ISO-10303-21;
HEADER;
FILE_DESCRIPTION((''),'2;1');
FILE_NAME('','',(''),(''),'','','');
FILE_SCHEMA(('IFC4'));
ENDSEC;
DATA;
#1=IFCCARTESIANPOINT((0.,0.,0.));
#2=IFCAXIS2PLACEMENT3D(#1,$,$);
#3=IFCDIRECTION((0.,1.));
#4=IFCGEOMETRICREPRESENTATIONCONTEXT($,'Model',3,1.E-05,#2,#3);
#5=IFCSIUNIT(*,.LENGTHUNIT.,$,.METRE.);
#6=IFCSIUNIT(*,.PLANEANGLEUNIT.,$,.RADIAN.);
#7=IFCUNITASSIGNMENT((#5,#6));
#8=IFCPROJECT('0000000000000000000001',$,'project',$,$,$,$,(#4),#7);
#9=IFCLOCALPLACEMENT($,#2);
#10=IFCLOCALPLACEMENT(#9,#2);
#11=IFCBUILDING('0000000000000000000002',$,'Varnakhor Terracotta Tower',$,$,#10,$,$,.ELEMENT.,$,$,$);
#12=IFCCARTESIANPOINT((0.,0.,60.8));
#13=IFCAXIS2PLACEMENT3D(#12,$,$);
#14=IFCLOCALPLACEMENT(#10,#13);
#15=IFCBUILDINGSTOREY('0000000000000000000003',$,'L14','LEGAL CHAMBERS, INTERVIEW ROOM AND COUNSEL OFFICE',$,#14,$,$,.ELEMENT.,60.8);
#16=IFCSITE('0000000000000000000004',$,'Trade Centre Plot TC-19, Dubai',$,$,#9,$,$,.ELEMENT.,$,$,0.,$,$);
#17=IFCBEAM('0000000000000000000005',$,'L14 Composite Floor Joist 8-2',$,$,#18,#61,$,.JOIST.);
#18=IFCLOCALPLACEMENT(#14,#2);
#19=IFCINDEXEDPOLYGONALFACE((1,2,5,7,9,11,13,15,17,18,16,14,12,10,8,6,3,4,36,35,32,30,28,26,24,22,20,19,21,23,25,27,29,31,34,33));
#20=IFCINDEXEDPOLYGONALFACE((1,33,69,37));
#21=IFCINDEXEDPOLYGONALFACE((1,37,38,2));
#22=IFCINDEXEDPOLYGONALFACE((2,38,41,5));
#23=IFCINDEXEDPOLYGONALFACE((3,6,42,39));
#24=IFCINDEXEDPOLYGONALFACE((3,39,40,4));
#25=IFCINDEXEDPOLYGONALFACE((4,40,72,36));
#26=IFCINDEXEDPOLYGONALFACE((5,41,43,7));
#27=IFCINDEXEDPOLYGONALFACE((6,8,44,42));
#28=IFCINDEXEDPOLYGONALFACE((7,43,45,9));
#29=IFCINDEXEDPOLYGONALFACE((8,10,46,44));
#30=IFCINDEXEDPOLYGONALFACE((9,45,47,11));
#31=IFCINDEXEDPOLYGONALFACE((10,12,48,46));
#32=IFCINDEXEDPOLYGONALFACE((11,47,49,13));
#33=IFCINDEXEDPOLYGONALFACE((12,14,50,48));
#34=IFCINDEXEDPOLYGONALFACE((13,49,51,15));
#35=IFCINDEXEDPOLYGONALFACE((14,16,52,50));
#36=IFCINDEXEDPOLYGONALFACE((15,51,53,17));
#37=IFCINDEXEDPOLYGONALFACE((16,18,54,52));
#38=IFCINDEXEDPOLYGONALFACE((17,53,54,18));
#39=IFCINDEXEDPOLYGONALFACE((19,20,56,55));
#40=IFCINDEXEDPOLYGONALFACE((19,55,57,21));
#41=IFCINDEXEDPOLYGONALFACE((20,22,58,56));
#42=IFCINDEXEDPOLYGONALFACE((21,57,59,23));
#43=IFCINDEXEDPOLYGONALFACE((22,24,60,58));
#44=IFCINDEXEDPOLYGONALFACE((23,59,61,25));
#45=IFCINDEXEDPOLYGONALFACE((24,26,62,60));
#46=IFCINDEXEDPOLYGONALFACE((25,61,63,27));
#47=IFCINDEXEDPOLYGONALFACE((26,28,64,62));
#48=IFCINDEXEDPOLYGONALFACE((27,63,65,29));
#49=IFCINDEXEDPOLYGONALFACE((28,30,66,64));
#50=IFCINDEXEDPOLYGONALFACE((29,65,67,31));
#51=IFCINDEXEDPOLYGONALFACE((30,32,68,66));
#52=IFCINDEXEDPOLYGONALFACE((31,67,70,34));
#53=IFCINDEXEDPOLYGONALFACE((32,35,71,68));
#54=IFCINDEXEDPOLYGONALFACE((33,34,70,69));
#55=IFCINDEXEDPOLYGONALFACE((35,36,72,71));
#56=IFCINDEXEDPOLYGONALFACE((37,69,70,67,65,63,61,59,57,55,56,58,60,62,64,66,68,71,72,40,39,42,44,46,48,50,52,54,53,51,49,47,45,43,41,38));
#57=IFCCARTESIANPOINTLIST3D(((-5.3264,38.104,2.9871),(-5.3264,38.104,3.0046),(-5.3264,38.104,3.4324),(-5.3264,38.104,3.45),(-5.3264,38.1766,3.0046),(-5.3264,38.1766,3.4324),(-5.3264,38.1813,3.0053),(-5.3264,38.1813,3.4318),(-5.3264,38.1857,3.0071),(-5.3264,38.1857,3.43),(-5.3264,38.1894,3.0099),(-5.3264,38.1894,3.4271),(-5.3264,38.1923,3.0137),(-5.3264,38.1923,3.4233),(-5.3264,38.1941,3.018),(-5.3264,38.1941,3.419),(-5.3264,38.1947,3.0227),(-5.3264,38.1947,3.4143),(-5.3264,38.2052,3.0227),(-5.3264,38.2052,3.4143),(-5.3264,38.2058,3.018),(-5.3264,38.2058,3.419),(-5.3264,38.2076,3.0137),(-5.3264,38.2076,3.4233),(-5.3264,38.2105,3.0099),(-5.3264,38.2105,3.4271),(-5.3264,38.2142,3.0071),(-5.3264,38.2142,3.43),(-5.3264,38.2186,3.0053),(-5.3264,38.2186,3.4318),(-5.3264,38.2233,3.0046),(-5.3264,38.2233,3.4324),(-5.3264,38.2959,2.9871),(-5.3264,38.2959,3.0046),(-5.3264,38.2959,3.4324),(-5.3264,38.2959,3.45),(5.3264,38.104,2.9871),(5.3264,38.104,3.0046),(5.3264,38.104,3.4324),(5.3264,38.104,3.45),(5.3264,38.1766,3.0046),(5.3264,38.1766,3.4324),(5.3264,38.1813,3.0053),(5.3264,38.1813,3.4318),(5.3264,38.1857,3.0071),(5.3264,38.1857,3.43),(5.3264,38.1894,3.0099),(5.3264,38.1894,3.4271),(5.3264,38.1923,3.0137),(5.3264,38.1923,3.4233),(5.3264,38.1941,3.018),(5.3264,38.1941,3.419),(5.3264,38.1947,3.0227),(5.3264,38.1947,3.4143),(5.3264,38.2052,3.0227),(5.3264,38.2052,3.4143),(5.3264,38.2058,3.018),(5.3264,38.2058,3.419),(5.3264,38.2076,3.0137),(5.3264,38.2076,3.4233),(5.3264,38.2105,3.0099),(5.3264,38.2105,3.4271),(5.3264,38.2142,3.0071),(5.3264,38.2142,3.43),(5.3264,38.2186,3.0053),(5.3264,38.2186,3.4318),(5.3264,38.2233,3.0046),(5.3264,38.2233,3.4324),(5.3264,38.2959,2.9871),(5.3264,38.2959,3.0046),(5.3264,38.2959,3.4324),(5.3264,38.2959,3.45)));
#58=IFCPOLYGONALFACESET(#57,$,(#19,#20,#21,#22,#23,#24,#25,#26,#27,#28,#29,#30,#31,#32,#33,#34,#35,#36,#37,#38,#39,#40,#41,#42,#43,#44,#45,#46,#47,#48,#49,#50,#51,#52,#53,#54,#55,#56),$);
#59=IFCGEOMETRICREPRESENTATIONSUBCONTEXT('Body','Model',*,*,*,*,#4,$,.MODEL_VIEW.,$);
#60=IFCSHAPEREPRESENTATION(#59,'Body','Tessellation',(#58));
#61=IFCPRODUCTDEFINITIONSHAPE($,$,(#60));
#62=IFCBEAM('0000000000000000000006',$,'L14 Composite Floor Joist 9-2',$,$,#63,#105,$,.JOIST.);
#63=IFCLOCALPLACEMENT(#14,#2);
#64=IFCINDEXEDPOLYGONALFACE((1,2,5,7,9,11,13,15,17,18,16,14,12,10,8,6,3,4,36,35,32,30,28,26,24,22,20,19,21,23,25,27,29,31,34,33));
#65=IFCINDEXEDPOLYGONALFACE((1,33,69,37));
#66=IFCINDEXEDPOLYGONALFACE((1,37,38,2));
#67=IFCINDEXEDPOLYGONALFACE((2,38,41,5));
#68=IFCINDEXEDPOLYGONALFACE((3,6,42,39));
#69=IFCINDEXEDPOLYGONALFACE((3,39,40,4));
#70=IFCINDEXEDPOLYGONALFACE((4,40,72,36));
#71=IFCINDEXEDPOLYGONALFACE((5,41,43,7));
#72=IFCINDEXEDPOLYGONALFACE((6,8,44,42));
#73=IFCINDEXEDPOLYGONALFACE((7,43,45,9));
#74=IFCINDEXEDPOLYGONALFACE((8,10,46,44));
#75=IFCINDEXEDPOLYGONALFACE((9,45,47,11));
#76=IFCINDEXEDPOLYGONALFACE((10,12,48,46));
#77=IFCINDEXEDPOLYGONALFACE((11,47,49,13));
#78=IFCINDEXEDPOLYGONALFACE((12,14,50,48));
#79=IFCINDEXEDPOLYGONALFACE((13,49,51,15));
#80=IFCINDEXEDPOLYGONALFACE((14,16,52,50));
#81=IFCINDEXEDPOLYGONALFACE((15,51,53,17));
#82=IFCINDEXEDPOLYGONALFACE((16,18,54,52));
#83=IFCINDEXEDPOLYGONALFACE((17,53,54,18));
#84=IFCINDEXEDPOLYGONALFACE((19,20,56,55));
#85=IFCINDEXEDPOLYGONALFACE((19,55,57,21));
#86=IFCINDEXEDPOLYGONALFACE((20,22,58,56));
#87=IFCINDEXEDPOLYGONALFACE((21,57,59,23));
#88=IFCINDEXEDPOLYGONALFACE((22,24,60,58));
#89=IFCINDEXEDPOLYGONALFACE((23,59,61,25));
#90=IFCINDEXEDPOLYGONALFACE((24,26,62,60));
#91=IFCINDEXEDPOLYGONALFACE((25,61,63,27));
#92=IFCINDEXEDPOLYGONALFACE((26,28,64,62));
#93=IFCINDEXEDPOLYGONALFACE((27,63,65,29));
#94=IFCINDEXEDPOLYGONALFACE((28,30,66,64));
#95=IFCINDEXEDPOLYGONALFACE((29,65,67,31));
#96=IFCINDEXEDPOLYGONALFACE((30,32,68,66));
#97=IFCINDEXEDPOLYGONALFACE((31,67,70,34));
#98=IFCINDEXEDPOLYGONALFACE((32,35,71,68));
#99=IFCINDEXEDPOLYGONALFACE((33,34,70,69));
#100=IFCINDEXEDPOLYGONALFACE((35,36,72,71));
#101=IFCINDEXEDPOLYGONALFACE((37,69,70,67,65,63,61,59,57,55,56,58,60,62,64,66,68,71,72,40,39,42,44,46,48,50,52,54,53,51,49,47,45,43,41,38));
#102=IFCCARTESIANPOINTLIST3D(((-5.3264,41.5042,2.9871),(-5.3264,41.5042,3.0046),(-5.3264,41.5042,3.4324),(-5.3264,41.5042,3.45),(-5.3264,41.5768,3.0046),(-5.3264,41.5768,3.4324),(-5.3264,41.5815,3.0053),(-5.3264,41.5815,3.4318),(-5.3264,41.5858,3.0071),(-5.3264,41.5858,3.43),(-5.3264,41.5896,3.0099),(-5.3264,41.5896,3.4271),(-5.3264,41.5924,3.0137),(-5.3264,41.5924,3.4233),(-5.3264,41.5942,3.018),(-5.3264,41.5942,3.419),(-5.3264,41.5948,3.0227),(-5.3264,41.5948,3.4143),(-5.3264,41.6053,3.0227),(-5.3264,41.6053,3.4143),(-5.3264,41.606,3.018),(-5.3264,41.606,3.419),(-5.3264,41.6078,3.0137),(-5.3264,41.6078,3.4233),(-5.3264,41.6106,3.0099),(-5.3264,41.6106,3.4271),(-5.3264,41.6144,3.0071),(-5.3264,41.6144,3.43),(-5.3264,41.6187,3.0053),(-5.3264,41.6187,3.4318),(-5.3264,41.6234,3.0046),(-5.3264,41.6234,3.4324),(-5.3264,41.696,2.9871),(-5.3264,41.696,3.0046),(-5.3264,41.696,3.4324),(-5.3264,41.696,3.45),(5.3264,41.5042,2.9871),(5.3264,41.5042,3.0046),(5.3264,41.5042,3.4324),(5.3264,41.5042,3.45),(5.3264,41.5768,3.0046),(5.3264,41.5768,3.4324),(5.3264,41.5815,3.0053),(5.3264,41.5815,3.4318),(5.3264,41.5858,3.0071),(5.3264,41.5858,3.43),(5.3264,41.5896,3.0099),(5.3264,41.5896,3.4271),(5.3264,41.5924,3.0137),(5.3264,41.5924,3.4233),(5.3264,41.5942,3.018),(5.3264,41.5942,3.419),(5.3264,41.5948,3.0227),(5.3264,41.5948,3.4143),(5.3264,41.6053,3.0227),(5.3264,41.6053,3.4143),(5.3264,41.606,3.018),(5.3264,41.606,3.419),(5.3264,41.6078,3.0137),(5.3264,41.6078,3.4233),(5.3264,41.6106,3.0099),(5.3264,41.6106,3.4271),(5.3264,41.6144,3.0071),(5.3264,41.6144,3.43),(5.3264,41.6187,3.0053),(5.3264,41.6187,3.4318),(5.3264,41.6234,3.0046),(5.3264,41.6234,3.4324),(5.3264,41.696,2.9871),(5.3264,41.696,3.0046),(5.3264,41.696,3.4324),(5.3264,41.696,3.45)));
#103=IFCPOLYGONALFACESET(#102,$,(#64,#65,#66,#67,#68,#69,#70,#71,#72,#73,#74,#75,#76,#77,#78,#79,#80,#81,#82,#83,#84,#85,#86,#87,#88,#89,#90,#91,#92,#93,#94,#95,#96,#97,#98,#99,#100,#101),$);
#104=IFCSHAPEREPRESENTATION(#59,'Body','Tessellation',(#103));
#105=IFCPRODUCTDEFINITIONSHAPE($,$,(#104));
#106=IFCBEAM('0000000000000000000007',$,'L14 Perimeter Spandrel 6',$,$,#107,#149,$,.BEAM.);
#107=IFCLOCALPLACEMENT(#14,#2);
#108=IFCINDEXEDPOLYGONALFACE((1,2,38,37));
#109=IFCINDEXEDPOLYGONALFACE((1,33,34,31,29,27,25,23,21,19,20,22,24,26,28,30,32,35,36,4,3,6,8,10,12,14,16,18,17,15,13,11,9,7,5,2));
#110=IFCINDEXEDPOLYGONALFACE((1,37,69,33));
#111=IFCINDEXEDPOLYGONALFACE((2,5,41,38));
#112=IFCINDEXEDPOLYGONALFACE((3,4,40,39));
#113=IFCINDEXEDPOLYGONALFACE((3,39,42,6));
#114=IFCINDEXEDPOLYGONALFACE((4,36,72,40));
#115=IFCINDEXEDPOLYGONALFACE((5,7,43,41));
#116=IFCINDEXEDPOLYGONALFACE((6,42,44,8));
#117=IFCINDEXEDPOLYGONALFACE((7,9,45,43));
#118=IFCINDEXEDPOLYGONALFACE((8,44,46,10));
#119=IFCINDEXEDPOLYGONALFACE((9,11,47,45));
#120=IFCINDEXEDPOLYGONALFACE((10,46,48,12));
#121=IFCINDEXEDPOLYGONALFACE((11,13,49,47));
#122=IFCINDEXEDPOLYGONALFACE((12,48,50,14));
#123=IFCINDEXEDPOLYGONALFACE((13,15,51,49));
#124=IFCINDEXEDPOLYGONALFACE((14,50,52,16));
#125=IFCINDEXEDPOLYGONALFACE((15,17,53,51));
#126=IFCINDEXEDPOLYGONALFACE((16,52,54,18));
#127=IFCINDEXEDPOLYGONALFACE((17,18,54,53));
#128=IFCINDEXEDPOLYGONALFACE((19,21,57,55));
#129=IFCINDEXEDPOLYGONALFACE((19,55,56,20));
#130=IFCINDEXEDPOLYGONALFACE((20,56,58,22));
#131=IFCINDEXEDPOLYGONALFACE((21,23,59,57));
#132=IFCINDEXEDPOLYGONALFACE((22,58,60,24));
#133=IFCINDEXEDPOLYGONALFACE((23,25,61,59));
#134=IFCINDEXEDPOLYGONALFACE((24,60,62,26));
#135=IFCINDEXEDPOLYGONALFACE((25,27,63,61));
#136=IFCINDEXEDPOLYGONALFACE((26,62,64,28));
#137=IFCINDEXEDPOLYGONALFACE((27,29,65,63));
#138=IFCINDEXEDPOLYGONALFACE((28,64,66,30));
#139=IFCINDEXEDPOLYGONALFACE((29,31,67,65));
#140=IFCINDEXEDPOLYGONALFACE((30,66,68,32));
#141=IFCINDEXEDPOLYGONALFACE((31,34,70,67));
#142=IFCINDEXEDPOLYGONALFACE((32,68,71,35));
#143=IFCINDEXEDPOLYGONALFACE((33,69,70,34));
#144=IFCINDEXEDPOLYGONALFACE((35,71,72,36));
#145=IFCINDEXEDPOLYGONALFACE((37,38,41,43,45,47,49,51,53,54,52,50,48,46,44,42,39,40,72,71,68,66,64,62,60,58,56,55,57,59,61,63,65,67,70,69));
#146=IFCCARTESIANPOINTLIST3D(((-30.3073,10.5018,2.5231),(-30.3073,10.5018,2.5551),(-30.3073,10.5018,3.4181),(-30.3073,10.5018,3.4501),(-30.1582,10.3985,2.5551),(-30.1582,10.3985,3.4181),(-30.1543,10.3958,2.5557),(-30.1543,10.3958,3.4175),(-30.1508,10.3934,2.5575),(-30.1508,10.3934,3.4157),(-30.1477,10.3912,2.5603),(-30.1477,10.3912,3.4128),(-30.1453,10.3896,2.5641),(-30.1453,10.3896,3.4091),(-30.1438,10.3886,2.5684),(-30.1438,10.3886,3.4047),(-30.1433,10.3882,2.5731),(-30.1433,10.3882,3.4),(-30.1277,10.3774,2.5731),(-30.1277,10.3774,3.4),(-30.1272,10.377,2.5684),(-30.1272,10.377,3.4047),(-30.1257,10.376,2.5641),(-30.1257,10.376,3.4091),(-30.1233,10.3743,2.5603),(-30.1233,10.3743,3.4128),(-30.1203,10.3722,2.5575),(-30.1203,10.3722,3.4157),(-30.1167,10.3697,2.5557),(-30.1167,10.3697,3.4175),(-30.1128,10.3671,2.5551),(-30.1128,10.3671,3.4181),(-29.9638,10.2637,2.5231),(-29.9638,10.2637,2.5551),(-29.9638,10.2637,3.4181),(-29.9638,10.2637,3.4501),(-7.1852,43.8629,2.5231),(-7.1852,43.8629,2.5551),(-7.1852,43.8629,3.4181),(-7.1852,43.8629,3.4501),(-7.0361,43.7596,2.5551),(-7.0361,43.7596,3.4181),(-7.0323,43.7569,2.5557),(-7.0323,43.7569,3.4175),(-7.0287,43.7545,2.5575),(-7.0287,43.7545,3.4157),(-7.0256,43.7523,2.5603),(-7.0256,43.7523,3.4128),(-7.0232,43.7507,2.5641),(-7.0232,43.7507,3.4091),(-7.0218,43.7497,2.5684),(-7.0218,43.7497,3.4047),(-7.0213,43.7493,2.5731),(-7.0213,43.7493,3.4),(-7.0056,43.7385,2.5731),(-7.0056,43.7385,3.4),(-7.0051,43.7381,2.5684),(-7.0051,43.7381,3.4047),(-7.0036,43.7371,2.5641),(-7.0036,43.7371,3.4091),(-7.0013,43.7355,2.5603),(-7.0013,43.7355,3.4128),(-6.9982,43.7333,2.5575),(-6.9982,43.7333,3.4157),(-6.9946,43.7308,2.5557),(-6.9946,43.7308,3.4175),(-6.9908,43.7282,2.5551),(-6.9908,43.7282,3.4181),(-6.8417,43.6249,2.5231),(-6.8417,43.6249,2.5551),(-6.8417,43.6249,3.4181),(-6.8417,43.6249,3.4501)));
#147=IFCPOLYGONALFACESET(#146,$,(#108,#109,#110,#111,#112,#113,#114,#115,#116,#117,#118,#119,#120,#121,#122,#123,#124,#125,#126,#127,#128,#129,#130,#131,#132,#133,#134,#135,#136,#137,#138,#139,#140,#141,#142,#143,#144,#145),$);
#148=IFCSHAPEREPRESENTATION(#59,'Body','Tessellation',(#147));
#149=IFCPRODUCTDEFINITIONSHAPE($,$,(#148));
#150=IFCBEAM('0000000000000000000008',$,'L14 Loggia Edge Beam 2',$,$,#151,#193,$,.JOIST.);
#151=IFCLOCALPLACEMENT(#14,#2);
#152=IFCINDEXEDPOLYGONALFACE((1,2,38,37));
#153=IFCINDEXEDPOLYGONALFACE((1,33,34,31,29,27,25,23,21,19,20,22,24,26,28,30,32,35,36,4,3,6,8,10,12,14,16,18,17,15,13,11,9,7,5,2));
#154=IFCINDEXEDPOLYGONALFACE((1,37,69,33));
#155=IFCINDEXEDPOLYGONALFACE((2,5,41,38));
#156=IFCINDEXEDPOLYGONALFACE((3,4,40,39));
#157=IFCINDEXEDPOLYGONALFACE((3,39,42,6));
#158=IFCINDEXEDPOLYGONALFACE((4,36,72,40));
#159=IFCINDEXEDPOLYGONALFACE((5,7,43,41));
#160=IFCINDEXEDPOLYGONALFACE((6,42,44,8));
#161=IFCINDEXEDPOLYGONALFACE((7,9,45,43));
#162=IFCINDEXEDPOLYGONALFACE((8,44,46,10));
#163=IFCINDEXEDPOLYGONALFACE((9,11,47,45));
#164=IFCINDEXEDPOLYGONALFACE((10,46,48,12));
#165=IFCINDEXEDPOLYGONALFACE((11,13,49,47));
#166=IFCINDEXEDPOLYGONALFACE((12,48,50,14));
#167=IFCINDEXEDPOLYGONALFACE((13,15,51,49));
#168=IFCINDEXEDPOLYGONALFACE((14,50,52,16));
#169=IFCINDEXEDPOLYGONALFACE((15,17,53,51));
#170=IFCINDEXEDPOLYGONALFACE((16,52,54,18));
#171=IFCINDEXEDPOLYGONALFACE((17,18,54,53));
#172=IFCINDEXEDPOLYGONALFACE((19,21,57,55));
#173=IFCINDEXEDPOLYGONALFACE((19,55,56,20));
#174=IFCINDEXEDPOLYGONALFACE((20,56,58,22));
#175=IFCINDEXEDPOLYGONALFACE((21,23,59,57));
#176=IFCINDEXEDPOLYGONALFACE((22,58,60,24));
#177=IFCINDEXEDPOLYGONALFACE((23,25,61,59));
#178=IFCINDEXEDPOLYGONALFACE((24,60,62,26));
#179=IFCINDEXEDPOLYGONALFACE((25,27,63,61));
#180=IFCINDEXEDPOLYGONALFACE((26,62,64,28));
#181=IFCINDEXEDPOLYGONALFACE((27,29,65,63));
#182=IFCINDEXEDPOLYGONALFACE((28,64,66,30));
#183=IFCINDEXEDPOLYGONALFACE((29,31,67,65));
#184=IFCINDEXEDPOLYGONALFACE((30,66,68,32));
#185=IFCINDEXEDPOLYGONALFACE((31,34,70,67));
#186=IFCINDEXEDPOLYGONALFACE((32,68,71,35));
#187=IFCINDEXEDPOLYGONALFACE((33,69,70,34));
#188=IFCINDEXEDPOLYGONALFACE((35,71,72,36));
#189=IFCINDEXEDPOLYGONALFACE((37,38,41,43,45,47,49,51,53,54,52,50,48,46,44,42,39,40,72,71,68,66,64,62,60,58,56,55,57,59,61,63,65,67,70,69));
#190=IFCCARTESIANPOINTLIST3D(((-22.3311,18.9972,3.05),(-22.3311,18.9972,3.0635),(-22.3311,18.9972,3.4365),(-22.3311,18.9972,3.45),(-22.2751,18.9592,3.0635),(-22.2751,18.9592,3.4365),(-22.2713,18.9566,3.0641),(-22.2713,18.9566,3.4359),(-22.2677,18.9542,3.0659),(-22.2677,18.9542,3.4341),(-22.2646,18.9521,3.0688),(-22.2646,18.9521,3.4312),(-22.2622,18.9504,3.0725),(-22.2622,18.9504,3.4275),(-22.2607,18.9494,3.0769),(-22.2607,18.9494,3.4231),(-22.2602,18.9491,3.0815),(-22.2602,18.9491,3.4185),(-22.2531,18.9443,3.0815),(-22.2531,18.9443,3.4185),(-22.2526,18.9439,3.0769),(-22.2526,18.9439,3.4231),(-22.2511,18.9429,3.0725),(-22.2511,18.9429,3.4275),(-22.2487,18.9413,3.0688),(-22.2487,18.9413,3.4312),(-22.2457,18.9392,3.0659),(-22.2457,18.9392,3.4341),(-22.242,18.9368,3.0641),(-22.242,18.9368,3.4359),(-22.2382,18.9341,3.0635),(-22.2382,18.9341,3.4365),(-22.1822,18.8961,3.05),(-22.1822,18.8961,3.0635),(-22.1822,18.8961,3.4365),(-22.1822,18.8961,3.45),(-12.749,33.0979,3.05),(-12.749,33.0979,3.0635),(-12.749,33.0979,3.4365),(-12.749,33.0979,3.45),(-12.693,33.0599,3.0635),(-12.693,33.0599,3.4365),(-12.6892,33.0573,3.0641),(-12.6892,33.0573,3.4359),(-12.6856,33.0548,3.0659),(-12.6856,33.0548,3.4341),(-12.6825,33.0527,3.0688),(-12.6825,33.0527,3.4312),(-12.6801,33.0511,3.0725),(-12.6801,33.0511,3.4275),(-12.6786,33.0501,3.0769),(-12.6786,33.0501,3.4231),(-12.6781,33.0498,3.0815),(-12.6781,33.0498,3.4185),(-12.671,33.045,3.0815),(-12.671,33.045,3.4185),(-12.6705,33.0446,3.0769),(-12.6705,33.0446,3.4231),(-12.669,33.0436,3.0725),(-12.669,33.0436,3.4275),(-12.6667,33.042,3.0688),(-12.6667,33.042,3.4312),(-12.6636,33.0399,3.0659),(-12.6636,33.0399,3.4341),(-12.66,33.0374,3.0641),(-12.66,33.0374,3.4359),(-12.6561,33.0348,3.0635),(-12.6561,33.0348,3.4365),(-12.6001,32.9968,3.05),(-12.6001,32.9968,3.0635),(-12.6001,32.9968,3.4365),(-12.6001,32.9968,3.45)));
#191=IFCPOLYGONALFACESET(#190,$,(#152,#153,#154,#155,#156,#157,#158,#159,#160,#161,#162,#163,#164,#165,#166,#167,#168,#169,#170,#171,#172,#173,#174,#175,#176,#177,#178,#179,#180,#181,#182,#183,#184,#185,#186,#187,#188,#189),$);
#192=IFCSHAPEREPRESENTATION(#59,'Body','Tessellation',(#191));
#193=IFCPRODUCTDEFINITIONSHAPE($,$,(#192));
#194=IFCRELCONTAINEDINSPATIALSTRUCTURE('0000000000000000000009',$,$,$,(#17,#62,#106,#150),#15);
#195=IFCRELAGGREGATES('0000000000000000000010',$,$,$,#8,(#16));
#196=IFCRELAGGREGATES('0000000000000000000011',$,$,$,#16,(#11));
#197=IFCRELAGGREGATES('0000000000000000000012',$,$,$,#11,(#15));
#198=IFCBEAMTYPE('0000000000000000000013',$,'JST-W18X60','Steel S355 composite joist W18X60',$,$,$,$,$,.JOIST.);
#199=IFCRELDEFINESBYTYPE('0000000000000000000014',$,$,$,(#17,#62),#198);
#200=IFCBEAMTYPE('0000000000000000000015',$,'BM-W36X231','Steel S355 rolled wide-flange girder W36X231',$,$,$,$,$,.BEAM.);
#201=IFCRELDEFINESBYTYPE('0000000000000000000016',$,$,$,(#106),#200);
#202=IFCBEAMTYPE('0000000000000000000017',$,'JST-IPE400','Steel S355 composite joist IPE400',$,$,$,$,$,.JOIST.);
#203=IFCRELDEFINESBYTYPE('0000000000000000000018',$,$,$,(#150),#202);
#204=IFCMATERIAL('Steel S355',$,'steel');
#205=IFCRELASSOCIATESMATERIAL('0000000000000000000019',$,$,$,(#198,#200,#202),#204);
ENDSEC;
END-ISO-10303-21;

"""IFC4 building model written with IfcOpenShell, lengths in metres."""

from ifc_helpers import new_model, si_unit, direction, frame, origin, origin_2d, place, context, subcontext, project, spatial, i_section, extrude, source, transform, mapped, material, material_profile, profile_set, type_object, element, save


model = new_model("IFC4")

# Units and contexts
model_context = context("Model", 3, precision=1e-05, world=origin(), true_north=direction((0.0, 1.0)))
body_context = subcontext(model_context, "Body", "Model", "MODEL_VIEW")
ifc_project = project(units=[si_unit("LENGTHUNIT", "METRE"), si_unit("PLANEANGLEUNIT", "RADIAN")], contexts=[model_context])

# Site, building, storey
site_placement = place(None, origin())
site = spatial("IfcSite", under=ifc_project, at=site_placement, Name="Trade Centre Plot TC-19, Dubai", CompositionType="ELEMENT", RefElevation=0.0)
building_placement = place(site_placement, origin())
building = spatial("IfcBuilding", under=site, at=building_placement, Name="Varnakhor Terracotta Tower", CompositionType="ELEMENT")
storey_placement = place(building_placement, frame((0.0, 0.0, 60.8)))
storey = spatial("IfcBuildingStorey", under=building, at=storey_placement, Name="L14", Description="LEGAL CHAMBERS, INTERVIEW ROOM AND COUNSEL OFFICE", CompositionType="ELEMENT", Elevation=60.8)

# Beams
ifc_material_1 = material(Name="Steel S355", Category="steel")
ifc_material_profile_1 = material_profile(ifc_material_1, i_section(OverallWidth=0.1919, OverallDepth=0.4629, WebThickness=0.0105, FlangeThickness=0.0176, FilletRadius=0.0181, at=origin_2d()), Name="W18X60")
ifc_profile_set_1 = profile_set([ifc_material_profile_1], Name="Steel S355")
beam_type_1 = type_object("IfcBeamType", Name="JST-W18X60", Description="Steel S355 composite joist W18X60", PredefinedType="JOIST", material=ifc_profile_set_1)
shared_shape_1 = source(origin(), body_context, "Body", "SweptSolid", [
    extrude(i_section(OverallWidth=0.1919, OverallDepth=0.4629, WebThickness=0.0105, FlangeThickness=0.0176, FilletRadius=0.0181, at=origin_2d()), origin(), (0.0, 0.0, 1.0), 10.6528),
])
for number, where, z_axis, x_axis, name in (
    (1, (-5.3264, 38.2, 3.2185), (1.0, 0.0, 0.0), (0.0, 1.0, 0.0), "L14 Composite Floor Joist 8-2"),
    (2, (-5.3264, 41.6001, 3.2185), (1.0, 0.0, 0.0), (0.0, 1.0, 0.0), "L14 Composite Floor Joist 9-2"),
):
    element("IfcBeam", number, at=place(storey_placement, frame(where, z_axis=z_axis, x_axis=x_axis)), inside=storey, type_object=beam_type_1, Name=name, PredefinedType="JOIST", context=body_context, shape_type="MappedRepresentation", body=[
        mapped(shared_shape_1, transform((0.0, 0.0, 0.0), scale=1.0)),
    ])
ifc_material_profile_2 = material_profile(ifc_material_1, i_section(OverallWidth=0.418, OverallDepth=0.927, WebThickness=0.019, FlangeThickness=0.032, FilletRadius=0.0181, at=origin_2d()), Name="W36X231")
ifc_profile_set_2 = profile_set([ifc_material_profile_2], Name="Steel S355")
beam_type_2 = type_object("IfcBeamType", Name="BM-W36X231", Description="Steel S355 rolled wide-flange girder W36X231", PredefinedType="BEAM", material=ifc_profile_set_2)
shared_shape_2 = source(origin(), body_context, "Body", "SweptSolid", [
    extrude(i_section(OverallWidth=0.418, OverallDepth=0.927, WebThickness=0.019, FlangeThickness=0.032, FilletRadius=0.0181, at=origin_2d()), origin(), (0.0, 0.0, 1.0), 40.5906),
])
beam_1_placement = place(storey_placement, frame((-7.0134, 43.7439, 2.9866), z_axis=(-0.569642, -0.821893, 0.0), x_axis=(0.821893, -0.569642, 0.0)))
element("IfcBeam", 3, at=beam_1_placement, inside=storey, type_object=beam_type_2, Name="L14 Perimeter Spandrel 6", PredefinedType="BEAM", context=body_context, shape_type="MappedRepresentation", body=[
    mapped(shared_shape_2, transform((0.0, 0.0, 0.0), scale=1.0)),
])
ifc_material_profile_3 = material_profile(ifc_material_1, i_section(OverallWidth=0.1799, OverallDepth=0.3999, WebThickness=0.0085, FlangeThickness=0.0134, FilletRadius=0.0181, at=origin_2d()), Name="IPE400")
ifc_profile_set_3 = profile_set([ifc_material_profile_3], Name="Steel S355")
beam_type_3 = type_object("IfcBeamType", Name="JST-IPE400", Description="Steel S355 composite joist IPE400", PredefinedType="JOIST", material=ifc_profile_set_3)
shared_shape_3 = source(origin(), body_context, "Body", "SweptSolid", [
    extrude(i_section(OverallWidth=0.1799, OverallDepth=0.3999, WebThickness=0.0085, FlangeThickness=0.0134, FilletRadius=0.0181, at=origin_2d()), origin(), (0.0, 0.0, 1.0), 17.0483),
])
beam_2_placement = place(storey_placement, frame((-12.6746, 33.0474, 3.25), z_axis=(-0.562055, -0.8271, 0.0), x_axis=(0.8271, -0.562055, 0.0)))
element("IfcBeam", 4, at=beam_2_placement, inside=storey, type_object=beam_type_3, Name="L14 Loggia Edge Beam 2", PredefinedType="JOIST", context=body_context, shape_type="MappedRepresentation", body=[
    mapped(shared_shape_3, transform((0.0, 0.0, 0.0), scale=1.0)),
])

save(model, "model.ifc")
